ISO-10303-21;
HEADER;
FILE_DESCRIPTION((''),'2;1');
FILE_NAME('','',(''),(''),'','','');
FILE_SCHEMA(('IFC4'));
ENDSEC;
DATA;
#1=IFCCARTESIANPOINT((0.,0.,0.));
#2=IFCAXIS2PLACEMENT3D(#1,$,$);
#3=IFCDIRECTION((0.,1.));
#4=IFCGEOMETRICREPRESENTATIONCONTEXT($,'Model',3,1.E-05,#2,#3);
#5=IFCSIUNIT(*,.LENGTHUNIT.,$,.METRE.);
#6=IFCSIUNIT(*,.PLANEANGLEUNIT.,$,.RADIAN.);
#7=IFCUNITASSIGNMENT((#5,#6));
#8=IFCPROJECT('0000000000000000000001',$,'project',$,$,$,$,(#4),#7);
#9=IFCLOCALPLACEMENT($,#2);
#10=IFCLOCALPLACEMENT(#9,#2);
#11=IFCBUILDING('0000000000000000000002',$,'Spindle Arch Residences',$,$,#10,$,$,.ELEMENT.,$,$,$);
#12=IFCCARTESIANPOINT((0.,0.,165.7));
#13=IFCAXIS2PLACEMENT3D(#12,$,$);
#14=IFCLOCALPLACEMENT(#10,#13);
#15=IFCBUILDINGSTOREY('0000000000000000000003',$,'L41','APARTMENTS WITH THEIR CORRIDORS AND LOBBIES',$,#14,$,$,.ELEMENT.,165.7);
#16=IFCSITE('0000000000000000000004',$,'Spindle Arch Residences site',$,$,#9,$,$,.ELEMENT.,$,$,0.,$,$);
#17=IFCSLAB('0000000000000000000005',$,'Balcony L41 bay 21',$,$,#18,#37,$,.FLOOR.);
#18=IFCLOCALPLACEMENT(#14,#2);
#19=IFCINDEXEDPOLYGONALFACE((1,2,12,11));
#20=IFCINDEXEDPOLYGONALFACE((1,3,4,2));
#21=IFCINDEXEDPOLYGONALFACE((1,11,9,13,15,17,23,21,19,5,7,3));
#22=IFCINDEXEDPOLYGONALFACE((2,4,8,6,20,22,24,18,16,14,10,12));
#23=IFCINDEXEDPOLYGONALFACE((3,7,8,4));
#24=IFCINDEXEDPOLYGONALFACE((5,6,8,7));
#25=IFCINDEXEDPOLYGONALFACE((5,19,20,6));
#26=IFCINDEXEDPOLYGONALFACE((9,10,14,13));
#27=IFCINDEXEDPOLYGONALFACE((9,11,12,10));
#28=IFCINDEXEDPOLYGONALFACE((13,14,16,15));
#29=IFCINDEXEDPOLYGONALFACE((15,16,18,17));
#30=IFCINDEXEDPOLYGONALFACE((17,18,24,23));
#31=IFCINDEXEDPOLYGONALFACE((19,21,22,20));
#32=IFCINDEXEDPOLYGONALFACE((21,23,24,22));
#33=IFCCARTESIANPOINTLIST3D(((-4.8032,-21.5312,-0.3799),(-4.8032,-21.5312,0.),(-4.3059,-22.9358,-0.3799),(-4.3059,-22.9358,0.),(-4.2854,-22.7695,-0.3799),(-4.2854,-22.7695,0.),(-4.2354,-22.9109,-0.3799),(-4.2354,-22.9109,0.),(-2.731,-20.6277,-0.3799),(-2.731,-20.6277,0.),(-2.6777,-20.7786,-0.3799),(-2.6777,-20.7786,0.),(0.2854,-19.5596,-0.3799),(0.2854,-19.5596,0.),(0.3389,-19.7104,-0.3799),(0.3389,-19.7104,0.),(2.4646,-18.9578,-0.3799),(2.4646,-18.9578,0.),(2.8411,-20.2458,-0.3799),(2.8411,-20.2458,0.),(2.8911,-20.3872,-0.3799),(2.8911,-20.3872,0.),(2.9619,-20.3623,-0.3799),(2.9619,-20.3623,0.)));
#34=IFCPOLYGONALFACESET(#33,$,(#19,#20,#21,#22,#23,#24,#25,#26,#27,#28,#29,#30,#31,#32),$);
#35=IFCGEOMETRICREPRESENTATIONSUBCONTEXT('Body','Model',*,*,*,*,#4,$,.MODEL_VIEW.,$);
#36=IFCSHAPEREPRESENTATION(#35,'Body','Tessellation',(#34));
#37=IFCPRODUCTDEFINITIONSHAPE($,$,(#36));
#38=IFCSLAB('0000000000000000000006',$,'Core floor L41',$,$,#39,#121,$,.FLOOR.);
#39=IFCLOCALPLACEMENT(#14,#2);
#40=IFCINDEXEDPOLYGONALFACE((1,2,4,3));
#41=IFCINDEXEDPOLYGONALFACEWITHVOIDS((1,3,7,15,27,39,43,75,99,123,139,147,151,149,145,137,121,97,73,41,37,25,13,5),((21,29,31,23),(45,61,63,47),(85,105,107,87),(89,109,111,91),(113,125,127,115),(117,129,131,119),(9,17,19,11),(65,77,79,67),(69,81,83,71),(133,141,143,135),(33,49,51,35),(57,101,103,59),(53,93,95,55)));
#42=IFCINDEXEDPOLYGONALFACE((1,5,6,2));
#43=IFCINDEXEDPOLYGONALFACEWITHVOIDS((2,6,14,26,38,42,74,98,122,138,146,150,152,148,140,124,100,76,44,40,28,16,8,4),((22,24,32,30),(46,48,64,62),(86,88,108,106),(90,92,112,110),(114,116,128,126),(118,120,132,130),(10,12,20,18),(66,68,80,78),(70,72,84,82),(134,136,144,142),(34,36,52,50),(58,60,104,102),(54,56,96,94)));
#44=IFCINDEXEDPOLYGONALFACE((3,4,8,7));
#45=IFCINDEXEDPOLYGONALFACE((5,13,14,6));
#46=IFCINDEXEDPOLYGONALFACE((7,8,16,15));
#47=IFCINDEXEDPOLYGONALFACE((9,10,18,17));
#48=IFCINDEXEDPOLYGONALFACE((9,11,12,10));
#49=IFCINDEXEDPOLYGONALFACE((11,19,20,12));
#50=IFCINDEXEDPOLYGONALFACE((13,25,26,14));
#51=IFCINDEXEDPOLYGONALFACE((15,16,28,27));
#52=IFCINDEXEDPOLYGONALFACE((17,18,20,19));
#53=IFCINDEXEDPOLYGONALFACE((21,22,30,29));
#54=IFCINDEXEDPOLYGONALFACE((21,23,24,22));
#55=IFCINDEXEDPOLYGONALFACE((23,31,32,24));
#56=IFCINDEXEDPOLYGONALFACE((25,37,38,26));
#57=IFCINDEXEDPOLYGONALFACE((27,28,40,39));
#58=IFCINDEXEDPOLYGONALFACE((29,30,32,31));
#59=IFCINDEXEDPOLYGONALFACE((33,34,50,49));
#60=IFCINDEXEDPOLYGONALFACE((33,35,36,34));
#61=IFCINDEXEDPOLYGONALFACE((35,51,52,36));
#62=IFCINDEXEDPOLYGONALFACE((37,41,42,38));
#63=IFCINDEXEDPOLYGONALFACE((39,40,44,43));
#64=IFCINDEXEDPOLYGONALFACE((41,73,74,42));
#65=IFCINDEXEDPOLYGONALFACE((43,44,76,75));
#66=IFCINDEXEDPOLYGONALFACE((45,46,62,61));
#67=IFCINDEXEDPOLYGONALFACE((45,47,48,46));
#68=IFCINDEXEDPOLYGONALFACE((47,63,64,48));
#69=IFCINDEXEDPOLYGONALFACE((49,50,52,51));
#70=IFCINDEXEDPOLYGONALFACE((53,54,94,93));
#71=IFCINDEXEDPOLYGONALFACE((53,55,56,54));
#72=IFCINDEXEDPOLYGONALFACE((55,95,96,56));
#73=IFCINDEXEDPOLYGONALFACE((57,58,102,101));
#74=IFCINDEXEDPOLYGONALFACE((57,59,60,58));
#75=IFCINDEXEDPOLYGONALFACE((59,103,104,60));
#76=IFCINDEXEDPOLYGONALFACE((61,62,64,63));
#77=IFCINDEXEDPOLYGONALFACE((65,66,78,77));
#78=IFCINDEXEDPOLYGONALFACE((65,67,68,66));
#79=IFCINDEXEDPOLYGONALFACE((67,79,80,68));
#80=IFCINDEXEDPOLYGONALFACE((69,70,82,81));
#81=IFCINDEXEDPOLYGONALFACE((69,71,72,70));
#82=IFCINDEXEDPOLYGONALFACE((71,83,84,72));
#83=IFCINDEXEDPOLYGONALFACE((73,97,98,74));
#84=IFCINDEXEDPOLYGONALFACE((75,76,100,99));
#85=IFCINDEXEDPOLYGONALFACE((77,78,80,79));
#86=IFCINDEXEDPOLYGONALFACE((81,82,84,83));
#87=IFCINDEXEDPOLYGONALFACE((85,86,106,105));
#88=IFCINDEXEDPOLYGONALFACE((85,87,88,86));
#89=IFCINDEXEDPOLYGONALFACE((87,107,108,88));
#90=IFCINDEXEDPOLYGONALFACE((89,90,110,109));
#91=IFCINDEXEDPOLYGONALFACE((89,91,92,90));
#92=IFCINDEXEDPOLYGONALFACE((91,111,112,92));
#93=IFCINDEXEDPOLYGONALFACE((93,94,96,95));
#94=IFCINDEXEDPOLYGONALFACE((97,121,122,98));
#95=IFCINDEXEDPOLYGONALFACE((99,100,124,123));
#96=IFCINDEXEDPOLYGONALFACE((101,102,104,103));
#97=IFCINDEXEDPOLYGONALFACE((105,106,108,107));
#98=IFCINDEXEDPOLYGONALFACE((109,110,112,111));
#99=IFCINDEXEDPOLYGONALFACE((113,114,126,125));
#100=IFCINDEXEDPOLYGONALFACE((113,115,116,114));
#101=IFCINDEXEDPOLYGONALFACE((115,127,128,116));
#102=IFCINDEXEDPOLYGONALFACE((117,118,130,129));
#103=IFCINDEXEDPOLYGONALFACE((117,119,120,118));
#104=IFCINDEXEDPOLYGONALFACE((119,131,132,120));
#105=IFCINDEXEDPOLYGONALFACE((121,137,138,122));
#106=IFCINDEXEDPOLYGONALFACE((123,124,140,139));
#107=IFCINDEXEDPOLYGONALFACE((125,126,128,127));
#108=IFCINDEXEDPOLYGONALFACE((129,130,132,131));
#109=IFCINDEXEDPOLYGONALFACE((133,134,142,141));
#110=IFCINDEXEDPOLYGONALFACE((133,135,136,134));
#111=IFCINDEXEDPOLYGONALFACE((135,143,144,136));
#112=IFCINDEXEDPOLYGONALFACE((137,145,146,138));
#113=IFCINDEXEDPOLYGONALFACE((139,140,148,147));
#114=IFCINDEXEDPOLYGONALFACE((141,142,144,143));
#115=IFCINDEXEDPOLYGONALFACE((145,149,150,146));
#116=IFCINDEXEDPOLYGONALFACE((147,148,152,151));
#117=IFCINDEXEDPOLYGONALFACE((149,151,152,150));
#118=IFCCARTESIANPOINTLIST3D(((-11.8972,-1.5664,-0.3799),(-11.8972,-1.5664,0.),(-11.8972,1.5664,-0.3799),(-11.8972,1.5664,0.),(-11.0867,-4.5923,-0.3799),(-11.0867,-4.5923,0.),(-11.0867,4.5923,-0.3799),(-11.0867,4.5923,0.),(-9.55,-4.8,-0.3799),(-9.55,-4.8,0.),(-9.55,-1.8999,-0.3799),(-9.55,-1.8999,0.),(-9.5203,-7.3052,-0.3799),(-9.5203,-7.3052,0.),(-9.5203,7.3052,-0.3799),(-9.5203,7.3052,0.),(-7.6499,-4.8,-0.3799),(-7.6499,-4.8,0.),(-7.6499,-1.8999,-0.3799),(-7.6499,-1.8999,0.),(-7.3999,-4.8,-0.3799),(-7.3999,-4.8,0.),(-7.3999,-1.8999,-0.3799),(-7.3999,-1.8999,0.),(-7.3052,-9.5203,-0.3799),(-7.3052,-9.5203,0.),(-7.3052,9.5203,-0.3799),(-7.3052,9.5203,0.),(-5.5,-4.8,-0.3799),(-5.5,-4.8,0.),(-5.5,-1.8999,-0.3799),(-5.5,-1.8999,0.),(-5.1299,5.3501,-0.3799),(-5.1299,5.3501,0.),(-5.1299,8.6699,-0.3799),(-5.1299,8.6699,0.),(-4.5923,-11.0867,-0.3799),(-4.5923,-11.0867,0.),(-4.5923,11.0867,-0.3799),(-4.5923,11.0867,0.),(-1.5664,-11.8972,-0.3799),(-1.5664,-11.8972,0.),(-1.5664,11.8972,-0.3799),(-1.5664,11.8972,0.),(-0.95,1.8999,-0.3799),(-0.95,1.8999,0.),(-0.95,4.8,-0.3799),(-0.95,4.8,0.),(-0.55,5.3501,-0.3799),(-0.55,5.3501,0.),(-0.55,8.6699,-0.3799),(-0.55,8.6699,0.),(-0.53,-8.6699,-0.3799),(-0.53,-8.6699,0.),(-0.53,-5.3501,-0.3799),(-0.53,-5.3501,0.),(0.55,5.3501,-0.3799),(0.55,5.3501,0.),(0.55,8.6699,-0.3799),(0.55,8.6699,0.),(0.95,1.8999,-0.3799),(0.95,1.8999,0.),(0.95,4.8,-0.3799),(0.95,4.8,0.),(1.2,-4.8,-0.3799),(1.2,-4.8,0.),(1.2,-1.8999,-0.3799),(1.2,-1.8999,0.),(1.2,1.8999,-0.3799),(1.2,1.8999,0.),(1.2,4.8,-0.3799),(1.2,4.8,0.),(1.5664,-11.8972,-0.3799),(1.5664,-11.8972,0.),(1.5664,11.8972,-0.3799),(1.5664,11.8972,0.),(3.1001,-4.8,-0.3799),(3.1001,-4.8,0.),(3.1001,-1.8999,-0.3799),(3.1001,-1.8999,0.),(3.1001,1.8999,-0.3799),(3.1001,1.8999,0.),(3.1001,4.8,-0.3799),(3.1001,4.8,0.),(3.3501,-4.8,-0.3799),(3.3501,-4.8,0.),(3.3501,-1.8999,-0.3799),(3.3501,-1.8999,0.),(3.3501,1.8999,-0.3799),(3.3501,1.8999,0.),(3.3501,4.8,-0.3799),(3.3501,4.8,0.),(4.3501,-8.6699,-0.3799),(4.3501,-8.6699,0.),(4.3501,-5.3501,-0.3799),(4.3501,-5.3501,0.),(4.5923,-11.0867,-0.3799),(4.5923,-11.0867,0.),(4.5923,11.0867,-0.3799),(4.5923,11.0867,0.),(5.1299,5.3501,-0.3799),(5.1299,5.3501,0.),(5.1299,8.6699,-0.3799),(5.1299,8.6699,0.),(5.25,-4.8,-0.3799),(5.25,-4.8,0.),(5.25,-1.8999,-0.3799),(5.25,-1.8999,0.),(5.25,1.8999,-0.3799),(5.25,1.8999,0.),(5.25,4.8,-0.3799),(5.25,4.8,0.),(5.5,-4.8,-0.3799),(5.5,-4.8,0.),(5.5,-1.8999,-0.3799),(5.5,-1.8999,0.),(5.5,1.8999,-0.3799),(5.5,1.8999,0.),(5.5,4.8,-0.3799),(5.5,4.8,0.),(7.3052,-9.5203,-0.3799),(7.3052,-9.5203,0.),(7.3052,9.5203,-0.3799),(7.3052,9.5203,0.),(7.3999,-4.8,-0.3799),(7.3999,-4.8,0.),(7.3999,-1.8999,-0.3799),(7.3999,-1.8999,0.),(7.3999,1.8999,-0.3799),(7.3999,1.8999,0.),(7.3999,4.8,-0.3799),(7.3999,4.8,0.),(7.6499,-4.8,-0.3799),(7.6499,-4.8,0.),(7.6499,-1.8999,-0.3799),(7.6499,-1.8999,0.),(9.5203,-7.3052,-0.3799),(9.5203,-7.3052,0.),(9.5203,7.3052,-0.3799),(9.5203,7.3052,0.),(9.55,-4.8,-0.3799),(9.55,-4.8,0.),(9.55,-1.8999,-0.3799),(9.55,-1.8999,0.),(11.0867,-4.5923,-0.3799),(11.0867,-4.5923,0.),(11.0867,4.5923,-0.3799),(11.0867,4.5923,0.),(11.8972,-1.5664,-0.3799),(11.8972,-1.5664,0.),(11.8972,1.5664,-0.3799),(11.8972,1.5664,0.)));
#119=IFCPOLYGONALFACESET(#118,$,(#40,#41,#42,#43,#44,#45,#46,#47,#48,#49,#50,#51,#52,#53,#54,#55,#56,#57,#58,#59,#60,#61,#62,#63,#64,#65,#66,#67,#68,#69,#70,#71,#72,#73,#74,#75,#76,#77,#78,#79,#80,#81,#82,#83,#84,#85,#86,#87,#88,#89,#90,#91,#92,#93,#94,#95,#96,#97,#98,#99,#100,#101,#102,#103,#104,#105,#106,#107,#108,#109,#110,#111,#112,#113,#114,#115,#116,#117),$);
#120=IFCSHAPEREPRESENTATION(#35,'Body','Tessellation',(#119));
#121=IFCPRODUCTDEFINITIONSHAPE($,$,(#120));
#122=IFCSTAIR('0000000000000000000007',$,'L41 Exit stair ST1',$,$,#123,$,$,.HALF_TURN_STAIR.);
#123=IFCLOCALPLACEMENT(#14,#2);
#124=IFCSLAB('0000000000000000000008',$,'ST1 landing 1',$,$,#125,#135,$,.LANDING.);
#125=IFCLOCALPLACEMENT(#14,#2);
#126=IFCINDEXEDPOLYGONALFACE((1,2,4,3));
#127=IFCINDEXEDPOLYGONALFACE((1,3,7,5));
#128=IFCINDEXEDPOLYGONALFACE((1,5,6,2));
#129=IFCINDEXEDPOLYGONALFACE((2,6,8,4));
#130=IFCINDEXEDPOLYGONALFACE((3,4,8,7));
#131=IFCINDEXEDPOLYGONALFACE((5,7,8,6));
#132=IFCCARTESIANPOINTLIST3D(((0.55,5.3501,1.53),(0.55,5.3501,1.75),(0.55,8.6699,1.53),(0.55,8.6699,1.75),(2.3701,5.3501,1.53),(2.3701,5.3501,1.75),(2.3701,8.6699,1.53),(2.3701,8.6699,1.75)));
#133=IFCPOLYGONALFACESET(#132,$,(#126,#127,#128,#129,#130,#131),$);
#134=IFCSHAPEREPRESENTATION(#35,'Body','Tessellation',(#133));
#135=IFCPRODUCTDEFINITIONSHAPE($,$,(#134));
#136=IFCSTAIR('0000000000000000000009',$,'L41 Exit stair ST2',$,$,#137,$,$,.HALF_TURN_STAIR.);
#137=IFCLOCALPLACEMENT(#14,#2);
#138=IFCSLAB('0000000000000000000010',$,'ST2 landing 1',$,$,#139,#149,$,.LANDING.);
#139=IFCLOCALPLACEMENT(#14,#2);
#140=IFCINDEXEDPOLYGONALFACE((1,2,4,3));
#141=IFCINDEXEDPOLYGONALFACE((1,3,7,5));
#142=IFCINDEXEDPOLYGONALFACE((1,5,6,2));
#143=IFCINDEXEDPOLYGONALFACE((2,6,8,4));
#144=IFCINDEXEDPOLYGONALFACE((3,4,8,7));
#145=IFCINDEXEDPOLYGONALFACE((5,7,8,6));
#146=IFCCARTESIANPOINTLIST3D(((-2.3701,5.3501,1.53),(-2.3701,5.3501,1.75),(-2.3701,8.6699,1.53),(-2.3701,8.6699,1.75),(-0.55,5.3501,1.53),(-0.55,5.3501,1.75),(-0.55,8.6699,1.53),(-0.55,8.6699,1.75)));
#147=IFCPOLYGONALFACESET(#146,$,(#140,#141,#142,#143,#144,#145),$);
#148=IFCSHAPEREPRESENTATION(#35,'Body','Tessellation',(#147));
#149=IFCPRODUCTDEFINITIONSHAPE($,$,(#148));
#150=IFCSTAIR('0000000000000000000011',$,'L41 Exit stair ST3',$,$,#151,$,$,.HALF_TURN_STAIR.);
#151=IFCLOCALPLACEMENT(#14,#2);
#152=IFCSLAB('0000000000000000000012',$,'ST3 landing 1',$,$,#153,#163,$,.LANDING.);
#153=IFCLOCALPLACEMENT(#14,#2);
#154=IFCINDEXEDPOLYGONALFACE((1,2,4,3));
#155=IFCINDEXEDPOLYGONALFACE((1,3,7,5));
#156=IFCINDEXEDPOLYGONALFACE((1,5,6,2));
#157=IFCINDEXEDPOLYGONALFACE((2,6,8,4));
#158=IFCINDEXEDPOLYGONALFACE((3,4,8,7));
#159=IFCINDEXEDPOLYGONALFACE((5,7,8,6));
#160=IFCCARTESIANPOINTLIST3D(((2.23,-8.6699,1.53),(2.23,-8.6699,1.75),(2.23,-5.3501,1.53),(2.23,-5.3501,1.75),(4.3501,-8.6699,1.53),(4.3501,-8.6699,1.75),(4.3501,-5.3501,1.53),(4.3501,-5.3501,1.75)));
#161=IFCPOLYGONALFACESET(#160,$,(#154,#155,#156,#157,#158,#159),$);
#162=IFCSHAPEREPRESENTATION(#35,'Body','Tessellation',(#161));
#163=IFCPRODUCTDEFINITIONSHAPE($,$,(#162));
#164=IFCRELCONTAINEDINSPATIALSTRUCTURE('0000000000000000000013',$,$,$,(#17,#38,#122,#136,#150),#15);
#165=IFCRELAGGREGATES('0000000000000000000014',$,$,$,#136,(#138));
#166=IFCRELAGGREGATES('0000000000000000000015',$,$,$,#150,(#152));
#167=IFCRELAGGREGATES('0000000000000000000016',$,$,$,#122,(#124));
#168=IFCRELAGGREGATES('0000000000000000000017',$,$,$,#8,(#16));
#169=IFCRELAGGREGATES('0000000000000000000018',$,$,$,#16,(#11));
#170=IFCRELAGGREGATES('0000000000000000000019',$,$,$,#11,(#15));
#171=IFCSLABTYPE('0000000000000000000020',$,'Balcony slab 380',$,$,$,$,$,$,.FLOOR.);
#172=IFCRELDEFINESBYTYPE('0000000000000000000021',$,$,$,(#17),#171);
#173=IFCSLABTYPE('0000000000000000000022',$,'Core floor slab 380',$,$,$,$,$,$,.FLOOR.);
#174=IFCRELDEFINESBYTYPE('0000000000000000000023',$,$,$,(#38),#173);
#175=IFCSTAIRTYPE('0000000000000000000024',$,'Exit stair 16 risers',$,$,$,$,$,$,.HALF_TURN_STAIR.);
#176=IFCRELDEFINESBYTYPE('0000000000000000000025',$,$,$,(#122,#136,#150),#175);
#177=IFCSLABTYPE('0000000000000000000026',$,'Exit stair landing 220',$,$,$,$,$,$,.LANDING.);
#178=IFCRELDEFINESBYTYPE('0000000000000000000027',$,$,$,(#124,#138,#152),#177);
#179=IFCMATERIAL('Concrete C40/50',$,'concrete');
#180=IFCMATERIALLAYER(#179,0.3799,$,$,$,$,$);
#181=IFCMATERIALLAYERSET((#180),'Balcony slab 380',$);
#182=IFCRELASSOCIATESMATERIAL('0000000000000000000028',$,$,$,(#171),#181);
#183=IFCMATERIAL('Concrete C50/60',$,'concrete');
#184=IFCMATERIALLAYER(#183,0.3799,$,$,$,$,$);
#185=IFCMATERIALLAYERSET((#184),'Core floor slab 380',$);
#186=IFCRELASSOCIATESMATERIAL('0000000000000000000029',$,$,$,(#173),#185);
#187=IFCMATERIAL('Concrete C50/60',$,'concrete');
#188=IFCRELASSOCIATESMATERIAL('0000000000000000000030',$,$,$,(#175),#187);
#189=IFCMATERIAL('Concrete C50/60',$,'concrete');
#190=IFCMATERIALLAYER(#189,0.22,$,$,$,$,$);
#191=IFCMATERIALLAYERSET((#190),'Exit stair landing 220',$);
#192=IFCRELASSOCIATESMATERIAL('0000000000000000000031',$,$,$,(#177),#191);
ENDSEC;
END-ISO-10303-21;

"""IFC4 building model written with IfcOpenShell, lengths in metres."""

from ifc_helpers import new_model, si_unit, direction, frame, origin, place, context, subcontext, project, spatial, polyline, outline, extrude, material, layer, layer_set, type_object, element, aggregate, save


model = new_model("IFC4")

# Units and contexts
model_context = context("Model", 3, precision=1e-05, world=origin(), true_north=direction((0.0, 1.0)))
body_context = subcontext(model_context, "Body", "Model", "MODEL_VIEW")
ifc_project = project(units=[si_unit("LENGTHUNIT", "METRE"), si_unit("PLANEANGLEUNIT", "RADIAN")], contexts=[model_context])

# Site, building, storey
site_placement = place(None, origin())
site = spatial("IfcSite", under=ifc_project, at=site_placement, Name="Spindle Arch Residences site", CompositionType="ELEMENT", RefElevation=0.0)
building_placement = place(site_placement, origin())
building = spatial("IfcBuilding", under=site, at=building_placement, Name="Spindle Arch Residences", CompositionType="ELEMENT")
storey_placement = place(building_placement, frame((0.0, 0.0, 165.7)))
storey = spatial("IfcBuildingStorey", under=building, at=storey_placement, Name="L41", Description="APARTMENTS WITH THEIR CORRIDORS AND LOBBIES", CompositionType="ELEMENT", Elevation=165.7)

# Slabs
ifc_material_1 = material(Name="Concrete C40/50", Category="concrete")
ifc_layer_1 = layer(ifc_material_1, 0.3799)
ifc_layer_set_1 = layer_set([ifc_layer_1], Name="Balcony slab 380")
slab_type_1 = type_object("IfcSlabType", Name="Balcony slab 380", PredefinedType="FLOOR", material=ifc_layer_set_1)
slab_1_placement = place(storey_placement, frame((0.0, 0.0, -0.3799)))
element("IfcSlab", 1, at=slab_1_placement, inside=storey, type_object=slab_type_1, Name="Balcony L41 bay 21", PredefinedType="FLOOR", context=body_context, shape_type="SweptSolid", body=[
    extrude(outline(polyline([(-4.3059, -22.9358), (-4.2354, -22.9109), (-4.2854, -22.7695), (2.8411, -20.2458), (2.8911, -20.3872), (2.9619, -20.3623), (2.4646, -18.9578), (0.3389, -19.7104), (0.2854, -19.5596), (-2.731, -20.6277), (-2.6777, -20.7786), (-4.8032, -21.5312), (-4.3059, -22.9358)])), origin(), (0.0, 0.0, 1.0), 0.3799),
])
ifc_material_2 = material(Name="Concrete C50/60", Category="concrete")
ifc_layer_2 = layer(ifc_material_2, 0.3799)
ifc_layer_set_2 = layer_set([ifc_layer_2], Name="Core floor slab 380")
slab_type_2 = type_object("IfcSlabType", Name="Core floor slab 380", PredefinedType="FLOOR", material=ifc_layer_set_2)
slab_2_placement = place(storey_placement, frame((0.0, 0.0, -0.3799)))
element("IfcSlab", 2, at=slab_2_placement, inside=storey, type_object=slab_type_2, Name="Core floor L41", PredefinedType="FLOOR", context=body_context, shape_type="SweptSolid", body=[
    extrude(outline(polyline([(1.5664, -11.8972), (4.5923, -11.0867), (7.3052, -9.5203), (9.5203, -7.3052), (11.0867, -4.5923), (11.8972, -1.5664), (11.8972, 1.5664), (11.0867, 4.5923), (9.5203, 7.3052), (7.3052, 9.5203), (4.5923, 11.0867), (1.5664, 11.8972), (-1.5664, 11.8972), (-4.5923, 11.0867), (-7.3052, 9.5203), (-9.5203, 7.3052), (-11.0867, 4.5923), (-11.8972, 1.5664), (-11.8972, -1.5664), (-11.0867, -4.5923), (-9.5203, -7.3052), (-7.3052, -9.5203), (-4.5923, -11.0867), (-1.5664, -11.8972), (1.5664, -11.8972)]), holes=[polyline([(-0.95, 1.8999), (0.95, 1.8999), (0.95, 4.8), (-0.95, 4.8), (-0.95, 1.8999)]), polyline([(1.2, 1.8999), (3.1001, 1.8999), (3.1001, 4.8), (1.2, 4.8), (1.2, 1.8999)]), polyline([(3.3501, 1.8999), (5.25, 1.8999), (5.25, 4.8), (3.3501, 4.8), (3.3501, 1.8999)]), polyline([(5.5, 1.8999), (7.3999, 1.8999), (7.3999, 4.8), (5.5, 4.8), (5.5, 1.8999)]), polyline([(-9.55, -4.8), (-7.6499, -4.8), (-7.6499, -1.8999), (-9.55, -1.8999), (-9.55, -4.8)]), polyline([(-7.3999, -4.8), (-5.5, -4.8), (-5.5, -1.8999), (-7.3999, -1.8999), (-7.3999, -4.8)]), polyline([(1.2, -4.8), (3.1001, -4.8), (3.1001, -1.8999), (1.2, -1.8999), (1.2, -4.8)]), polyline([(3.3501, -4.8), (5.25, -4.8), (5.25, -1.8999), (3.3501, -1.8999), (3.3501, -4.8)]), polyline([(5.5, -4.8), (7.3999, -4.8), (7.3999, -1.8999), (5.5, -1.8999), (5.5, -4.8)]), polyline([(7.6499, -4.8), (9.55, -4.8), (9.55, -1.8999), (7.6499, -1.8999), (7.6499, -4.8)]), polyline([(5.1299, 8.6699), (0.55, 8.6699), (0.55, 5.3501), (5.1299, 5.3501), (5.1299, 8.6699)]), polyline([(-5.1299, 5.3501), (-0.55, 5.3501), (-0.55, 8.6699), (-5.1299, 8.6699), (-5.1299, 5.3501)]), polyline([(-0.53, -8.6699), (4.3501, -8.6699), (4.3501, -5.3501), (-0.53, -5.3501), (-0.53, -8.6699)])]), origin(), (0.0, 0.0, 1.0), 0.3799),
])

# Stairs, slabs
ifc_material_3 = material(Name="Concrete C50/60", Category="concrete")
stair_type = type_object("IfcStairType", Name="Exit stair 16 risers", PredefinedType="HALF_TURN_STAIR", material=ifc_material_3)
stair_1_placement = place(storey_placement, origin())
stair_1 = element("IfcStair", 3, at=stair_1_placement, inside=storey, type_object=stair_type, Name="L41 Exit stair ST1", PredefinedType="HALF_TURN_STAIR")
ifc_material_4 = material(Name="Concrete C50/60", Category="concrete")
ifc_layer_3 = layer(ifc_material_4, 0.22)
ifc_layer_set_3 = layer_set([ifc_layer_3], Name="Exit stair landing 220")
slab_type_3 = type_object("IfcSlabType", Name="Exit stair landing 220", PredefinedType="LANDING", material=ifc_layer_set_3)
slab_3_placement = place(storey_placement, frame((0.0, 0.0, 1.53)))
slab_3 = element("IfcSlab", 4, at=slab_3_placement, type_object=slab_type_3, Name="ST1 landing 1", PredefinedType="LANDING", context=body_context, shape_type="SweptSolid", body=[
    extrude(outline(polyline([(2.3701, 8.6699), (0.55, 8.6699), (0.55, 5.3501), (2.3701, 5.3501), (2.3701, 8.6699)])), origin(), (0.0, 0.0, 1.0), 0.22),
])
stair_2_placement = place(storey_placement, origin())
stair_2 = element("IfcStair", 5, at=stair_2_placement, inside=storey, type_object=stair_type, Name="L41 Exit stair ST2", PredefinedType="HALF_TURN_STAIR")
slab_4_placement = place(storey_placement, frame((0.0, 0.0, 1.53)))
slab_4 = element("IfcSlab", 6, at=slab_4_placement, type_object=slab_type_3, Name="ST2 landing 1", PredefinedType="LANDING", context=body_context, shape_type="SweptSolid", body=[
    extrude(outline(polyline([(-2.3701, 5.3501), (-0.55, 5.3501), (-0.55, 8.6699), (-2.3701, 8.6699), (-2.3701, 5.3501)])), origin(), (0.0, 0.0, 1.0), 0.22),
])
aggregate(stair_2, [slab_4])
stair_3_placement = place(storey_placement, origin())
stair_3 = element("IfcStair", 7, at=stair_3_placement, inside=storey, type_object=stair_type, Name="L41 Exit stair ST3", PredefinedType="HALF_TURN_STAIR")
slab_5_placement = place(storey_placement, frame((0.0, 0.0, 1.53)))
slab_5 = element("IfcSlab", 8, at=slab_5_placement, type_object=slab_type_3, Name="ST3 landing 1", PredefinedType="LANDING", context=body_context, shape_type="SweptSolid", body=[
    extrude(outline(polyline([(2.23, -8.6699), (4.3501, -8.6699), (4.3501, -5.3501), (2.23, -5.3501), (2.23, -8.6699)])), origin(), (0.0, 0.0, 1.0), 0.22),
])
aggregate(stair_3, [slab_5])

aggregate(stair_1, [slab_3])

save(model, "model.ifc")
